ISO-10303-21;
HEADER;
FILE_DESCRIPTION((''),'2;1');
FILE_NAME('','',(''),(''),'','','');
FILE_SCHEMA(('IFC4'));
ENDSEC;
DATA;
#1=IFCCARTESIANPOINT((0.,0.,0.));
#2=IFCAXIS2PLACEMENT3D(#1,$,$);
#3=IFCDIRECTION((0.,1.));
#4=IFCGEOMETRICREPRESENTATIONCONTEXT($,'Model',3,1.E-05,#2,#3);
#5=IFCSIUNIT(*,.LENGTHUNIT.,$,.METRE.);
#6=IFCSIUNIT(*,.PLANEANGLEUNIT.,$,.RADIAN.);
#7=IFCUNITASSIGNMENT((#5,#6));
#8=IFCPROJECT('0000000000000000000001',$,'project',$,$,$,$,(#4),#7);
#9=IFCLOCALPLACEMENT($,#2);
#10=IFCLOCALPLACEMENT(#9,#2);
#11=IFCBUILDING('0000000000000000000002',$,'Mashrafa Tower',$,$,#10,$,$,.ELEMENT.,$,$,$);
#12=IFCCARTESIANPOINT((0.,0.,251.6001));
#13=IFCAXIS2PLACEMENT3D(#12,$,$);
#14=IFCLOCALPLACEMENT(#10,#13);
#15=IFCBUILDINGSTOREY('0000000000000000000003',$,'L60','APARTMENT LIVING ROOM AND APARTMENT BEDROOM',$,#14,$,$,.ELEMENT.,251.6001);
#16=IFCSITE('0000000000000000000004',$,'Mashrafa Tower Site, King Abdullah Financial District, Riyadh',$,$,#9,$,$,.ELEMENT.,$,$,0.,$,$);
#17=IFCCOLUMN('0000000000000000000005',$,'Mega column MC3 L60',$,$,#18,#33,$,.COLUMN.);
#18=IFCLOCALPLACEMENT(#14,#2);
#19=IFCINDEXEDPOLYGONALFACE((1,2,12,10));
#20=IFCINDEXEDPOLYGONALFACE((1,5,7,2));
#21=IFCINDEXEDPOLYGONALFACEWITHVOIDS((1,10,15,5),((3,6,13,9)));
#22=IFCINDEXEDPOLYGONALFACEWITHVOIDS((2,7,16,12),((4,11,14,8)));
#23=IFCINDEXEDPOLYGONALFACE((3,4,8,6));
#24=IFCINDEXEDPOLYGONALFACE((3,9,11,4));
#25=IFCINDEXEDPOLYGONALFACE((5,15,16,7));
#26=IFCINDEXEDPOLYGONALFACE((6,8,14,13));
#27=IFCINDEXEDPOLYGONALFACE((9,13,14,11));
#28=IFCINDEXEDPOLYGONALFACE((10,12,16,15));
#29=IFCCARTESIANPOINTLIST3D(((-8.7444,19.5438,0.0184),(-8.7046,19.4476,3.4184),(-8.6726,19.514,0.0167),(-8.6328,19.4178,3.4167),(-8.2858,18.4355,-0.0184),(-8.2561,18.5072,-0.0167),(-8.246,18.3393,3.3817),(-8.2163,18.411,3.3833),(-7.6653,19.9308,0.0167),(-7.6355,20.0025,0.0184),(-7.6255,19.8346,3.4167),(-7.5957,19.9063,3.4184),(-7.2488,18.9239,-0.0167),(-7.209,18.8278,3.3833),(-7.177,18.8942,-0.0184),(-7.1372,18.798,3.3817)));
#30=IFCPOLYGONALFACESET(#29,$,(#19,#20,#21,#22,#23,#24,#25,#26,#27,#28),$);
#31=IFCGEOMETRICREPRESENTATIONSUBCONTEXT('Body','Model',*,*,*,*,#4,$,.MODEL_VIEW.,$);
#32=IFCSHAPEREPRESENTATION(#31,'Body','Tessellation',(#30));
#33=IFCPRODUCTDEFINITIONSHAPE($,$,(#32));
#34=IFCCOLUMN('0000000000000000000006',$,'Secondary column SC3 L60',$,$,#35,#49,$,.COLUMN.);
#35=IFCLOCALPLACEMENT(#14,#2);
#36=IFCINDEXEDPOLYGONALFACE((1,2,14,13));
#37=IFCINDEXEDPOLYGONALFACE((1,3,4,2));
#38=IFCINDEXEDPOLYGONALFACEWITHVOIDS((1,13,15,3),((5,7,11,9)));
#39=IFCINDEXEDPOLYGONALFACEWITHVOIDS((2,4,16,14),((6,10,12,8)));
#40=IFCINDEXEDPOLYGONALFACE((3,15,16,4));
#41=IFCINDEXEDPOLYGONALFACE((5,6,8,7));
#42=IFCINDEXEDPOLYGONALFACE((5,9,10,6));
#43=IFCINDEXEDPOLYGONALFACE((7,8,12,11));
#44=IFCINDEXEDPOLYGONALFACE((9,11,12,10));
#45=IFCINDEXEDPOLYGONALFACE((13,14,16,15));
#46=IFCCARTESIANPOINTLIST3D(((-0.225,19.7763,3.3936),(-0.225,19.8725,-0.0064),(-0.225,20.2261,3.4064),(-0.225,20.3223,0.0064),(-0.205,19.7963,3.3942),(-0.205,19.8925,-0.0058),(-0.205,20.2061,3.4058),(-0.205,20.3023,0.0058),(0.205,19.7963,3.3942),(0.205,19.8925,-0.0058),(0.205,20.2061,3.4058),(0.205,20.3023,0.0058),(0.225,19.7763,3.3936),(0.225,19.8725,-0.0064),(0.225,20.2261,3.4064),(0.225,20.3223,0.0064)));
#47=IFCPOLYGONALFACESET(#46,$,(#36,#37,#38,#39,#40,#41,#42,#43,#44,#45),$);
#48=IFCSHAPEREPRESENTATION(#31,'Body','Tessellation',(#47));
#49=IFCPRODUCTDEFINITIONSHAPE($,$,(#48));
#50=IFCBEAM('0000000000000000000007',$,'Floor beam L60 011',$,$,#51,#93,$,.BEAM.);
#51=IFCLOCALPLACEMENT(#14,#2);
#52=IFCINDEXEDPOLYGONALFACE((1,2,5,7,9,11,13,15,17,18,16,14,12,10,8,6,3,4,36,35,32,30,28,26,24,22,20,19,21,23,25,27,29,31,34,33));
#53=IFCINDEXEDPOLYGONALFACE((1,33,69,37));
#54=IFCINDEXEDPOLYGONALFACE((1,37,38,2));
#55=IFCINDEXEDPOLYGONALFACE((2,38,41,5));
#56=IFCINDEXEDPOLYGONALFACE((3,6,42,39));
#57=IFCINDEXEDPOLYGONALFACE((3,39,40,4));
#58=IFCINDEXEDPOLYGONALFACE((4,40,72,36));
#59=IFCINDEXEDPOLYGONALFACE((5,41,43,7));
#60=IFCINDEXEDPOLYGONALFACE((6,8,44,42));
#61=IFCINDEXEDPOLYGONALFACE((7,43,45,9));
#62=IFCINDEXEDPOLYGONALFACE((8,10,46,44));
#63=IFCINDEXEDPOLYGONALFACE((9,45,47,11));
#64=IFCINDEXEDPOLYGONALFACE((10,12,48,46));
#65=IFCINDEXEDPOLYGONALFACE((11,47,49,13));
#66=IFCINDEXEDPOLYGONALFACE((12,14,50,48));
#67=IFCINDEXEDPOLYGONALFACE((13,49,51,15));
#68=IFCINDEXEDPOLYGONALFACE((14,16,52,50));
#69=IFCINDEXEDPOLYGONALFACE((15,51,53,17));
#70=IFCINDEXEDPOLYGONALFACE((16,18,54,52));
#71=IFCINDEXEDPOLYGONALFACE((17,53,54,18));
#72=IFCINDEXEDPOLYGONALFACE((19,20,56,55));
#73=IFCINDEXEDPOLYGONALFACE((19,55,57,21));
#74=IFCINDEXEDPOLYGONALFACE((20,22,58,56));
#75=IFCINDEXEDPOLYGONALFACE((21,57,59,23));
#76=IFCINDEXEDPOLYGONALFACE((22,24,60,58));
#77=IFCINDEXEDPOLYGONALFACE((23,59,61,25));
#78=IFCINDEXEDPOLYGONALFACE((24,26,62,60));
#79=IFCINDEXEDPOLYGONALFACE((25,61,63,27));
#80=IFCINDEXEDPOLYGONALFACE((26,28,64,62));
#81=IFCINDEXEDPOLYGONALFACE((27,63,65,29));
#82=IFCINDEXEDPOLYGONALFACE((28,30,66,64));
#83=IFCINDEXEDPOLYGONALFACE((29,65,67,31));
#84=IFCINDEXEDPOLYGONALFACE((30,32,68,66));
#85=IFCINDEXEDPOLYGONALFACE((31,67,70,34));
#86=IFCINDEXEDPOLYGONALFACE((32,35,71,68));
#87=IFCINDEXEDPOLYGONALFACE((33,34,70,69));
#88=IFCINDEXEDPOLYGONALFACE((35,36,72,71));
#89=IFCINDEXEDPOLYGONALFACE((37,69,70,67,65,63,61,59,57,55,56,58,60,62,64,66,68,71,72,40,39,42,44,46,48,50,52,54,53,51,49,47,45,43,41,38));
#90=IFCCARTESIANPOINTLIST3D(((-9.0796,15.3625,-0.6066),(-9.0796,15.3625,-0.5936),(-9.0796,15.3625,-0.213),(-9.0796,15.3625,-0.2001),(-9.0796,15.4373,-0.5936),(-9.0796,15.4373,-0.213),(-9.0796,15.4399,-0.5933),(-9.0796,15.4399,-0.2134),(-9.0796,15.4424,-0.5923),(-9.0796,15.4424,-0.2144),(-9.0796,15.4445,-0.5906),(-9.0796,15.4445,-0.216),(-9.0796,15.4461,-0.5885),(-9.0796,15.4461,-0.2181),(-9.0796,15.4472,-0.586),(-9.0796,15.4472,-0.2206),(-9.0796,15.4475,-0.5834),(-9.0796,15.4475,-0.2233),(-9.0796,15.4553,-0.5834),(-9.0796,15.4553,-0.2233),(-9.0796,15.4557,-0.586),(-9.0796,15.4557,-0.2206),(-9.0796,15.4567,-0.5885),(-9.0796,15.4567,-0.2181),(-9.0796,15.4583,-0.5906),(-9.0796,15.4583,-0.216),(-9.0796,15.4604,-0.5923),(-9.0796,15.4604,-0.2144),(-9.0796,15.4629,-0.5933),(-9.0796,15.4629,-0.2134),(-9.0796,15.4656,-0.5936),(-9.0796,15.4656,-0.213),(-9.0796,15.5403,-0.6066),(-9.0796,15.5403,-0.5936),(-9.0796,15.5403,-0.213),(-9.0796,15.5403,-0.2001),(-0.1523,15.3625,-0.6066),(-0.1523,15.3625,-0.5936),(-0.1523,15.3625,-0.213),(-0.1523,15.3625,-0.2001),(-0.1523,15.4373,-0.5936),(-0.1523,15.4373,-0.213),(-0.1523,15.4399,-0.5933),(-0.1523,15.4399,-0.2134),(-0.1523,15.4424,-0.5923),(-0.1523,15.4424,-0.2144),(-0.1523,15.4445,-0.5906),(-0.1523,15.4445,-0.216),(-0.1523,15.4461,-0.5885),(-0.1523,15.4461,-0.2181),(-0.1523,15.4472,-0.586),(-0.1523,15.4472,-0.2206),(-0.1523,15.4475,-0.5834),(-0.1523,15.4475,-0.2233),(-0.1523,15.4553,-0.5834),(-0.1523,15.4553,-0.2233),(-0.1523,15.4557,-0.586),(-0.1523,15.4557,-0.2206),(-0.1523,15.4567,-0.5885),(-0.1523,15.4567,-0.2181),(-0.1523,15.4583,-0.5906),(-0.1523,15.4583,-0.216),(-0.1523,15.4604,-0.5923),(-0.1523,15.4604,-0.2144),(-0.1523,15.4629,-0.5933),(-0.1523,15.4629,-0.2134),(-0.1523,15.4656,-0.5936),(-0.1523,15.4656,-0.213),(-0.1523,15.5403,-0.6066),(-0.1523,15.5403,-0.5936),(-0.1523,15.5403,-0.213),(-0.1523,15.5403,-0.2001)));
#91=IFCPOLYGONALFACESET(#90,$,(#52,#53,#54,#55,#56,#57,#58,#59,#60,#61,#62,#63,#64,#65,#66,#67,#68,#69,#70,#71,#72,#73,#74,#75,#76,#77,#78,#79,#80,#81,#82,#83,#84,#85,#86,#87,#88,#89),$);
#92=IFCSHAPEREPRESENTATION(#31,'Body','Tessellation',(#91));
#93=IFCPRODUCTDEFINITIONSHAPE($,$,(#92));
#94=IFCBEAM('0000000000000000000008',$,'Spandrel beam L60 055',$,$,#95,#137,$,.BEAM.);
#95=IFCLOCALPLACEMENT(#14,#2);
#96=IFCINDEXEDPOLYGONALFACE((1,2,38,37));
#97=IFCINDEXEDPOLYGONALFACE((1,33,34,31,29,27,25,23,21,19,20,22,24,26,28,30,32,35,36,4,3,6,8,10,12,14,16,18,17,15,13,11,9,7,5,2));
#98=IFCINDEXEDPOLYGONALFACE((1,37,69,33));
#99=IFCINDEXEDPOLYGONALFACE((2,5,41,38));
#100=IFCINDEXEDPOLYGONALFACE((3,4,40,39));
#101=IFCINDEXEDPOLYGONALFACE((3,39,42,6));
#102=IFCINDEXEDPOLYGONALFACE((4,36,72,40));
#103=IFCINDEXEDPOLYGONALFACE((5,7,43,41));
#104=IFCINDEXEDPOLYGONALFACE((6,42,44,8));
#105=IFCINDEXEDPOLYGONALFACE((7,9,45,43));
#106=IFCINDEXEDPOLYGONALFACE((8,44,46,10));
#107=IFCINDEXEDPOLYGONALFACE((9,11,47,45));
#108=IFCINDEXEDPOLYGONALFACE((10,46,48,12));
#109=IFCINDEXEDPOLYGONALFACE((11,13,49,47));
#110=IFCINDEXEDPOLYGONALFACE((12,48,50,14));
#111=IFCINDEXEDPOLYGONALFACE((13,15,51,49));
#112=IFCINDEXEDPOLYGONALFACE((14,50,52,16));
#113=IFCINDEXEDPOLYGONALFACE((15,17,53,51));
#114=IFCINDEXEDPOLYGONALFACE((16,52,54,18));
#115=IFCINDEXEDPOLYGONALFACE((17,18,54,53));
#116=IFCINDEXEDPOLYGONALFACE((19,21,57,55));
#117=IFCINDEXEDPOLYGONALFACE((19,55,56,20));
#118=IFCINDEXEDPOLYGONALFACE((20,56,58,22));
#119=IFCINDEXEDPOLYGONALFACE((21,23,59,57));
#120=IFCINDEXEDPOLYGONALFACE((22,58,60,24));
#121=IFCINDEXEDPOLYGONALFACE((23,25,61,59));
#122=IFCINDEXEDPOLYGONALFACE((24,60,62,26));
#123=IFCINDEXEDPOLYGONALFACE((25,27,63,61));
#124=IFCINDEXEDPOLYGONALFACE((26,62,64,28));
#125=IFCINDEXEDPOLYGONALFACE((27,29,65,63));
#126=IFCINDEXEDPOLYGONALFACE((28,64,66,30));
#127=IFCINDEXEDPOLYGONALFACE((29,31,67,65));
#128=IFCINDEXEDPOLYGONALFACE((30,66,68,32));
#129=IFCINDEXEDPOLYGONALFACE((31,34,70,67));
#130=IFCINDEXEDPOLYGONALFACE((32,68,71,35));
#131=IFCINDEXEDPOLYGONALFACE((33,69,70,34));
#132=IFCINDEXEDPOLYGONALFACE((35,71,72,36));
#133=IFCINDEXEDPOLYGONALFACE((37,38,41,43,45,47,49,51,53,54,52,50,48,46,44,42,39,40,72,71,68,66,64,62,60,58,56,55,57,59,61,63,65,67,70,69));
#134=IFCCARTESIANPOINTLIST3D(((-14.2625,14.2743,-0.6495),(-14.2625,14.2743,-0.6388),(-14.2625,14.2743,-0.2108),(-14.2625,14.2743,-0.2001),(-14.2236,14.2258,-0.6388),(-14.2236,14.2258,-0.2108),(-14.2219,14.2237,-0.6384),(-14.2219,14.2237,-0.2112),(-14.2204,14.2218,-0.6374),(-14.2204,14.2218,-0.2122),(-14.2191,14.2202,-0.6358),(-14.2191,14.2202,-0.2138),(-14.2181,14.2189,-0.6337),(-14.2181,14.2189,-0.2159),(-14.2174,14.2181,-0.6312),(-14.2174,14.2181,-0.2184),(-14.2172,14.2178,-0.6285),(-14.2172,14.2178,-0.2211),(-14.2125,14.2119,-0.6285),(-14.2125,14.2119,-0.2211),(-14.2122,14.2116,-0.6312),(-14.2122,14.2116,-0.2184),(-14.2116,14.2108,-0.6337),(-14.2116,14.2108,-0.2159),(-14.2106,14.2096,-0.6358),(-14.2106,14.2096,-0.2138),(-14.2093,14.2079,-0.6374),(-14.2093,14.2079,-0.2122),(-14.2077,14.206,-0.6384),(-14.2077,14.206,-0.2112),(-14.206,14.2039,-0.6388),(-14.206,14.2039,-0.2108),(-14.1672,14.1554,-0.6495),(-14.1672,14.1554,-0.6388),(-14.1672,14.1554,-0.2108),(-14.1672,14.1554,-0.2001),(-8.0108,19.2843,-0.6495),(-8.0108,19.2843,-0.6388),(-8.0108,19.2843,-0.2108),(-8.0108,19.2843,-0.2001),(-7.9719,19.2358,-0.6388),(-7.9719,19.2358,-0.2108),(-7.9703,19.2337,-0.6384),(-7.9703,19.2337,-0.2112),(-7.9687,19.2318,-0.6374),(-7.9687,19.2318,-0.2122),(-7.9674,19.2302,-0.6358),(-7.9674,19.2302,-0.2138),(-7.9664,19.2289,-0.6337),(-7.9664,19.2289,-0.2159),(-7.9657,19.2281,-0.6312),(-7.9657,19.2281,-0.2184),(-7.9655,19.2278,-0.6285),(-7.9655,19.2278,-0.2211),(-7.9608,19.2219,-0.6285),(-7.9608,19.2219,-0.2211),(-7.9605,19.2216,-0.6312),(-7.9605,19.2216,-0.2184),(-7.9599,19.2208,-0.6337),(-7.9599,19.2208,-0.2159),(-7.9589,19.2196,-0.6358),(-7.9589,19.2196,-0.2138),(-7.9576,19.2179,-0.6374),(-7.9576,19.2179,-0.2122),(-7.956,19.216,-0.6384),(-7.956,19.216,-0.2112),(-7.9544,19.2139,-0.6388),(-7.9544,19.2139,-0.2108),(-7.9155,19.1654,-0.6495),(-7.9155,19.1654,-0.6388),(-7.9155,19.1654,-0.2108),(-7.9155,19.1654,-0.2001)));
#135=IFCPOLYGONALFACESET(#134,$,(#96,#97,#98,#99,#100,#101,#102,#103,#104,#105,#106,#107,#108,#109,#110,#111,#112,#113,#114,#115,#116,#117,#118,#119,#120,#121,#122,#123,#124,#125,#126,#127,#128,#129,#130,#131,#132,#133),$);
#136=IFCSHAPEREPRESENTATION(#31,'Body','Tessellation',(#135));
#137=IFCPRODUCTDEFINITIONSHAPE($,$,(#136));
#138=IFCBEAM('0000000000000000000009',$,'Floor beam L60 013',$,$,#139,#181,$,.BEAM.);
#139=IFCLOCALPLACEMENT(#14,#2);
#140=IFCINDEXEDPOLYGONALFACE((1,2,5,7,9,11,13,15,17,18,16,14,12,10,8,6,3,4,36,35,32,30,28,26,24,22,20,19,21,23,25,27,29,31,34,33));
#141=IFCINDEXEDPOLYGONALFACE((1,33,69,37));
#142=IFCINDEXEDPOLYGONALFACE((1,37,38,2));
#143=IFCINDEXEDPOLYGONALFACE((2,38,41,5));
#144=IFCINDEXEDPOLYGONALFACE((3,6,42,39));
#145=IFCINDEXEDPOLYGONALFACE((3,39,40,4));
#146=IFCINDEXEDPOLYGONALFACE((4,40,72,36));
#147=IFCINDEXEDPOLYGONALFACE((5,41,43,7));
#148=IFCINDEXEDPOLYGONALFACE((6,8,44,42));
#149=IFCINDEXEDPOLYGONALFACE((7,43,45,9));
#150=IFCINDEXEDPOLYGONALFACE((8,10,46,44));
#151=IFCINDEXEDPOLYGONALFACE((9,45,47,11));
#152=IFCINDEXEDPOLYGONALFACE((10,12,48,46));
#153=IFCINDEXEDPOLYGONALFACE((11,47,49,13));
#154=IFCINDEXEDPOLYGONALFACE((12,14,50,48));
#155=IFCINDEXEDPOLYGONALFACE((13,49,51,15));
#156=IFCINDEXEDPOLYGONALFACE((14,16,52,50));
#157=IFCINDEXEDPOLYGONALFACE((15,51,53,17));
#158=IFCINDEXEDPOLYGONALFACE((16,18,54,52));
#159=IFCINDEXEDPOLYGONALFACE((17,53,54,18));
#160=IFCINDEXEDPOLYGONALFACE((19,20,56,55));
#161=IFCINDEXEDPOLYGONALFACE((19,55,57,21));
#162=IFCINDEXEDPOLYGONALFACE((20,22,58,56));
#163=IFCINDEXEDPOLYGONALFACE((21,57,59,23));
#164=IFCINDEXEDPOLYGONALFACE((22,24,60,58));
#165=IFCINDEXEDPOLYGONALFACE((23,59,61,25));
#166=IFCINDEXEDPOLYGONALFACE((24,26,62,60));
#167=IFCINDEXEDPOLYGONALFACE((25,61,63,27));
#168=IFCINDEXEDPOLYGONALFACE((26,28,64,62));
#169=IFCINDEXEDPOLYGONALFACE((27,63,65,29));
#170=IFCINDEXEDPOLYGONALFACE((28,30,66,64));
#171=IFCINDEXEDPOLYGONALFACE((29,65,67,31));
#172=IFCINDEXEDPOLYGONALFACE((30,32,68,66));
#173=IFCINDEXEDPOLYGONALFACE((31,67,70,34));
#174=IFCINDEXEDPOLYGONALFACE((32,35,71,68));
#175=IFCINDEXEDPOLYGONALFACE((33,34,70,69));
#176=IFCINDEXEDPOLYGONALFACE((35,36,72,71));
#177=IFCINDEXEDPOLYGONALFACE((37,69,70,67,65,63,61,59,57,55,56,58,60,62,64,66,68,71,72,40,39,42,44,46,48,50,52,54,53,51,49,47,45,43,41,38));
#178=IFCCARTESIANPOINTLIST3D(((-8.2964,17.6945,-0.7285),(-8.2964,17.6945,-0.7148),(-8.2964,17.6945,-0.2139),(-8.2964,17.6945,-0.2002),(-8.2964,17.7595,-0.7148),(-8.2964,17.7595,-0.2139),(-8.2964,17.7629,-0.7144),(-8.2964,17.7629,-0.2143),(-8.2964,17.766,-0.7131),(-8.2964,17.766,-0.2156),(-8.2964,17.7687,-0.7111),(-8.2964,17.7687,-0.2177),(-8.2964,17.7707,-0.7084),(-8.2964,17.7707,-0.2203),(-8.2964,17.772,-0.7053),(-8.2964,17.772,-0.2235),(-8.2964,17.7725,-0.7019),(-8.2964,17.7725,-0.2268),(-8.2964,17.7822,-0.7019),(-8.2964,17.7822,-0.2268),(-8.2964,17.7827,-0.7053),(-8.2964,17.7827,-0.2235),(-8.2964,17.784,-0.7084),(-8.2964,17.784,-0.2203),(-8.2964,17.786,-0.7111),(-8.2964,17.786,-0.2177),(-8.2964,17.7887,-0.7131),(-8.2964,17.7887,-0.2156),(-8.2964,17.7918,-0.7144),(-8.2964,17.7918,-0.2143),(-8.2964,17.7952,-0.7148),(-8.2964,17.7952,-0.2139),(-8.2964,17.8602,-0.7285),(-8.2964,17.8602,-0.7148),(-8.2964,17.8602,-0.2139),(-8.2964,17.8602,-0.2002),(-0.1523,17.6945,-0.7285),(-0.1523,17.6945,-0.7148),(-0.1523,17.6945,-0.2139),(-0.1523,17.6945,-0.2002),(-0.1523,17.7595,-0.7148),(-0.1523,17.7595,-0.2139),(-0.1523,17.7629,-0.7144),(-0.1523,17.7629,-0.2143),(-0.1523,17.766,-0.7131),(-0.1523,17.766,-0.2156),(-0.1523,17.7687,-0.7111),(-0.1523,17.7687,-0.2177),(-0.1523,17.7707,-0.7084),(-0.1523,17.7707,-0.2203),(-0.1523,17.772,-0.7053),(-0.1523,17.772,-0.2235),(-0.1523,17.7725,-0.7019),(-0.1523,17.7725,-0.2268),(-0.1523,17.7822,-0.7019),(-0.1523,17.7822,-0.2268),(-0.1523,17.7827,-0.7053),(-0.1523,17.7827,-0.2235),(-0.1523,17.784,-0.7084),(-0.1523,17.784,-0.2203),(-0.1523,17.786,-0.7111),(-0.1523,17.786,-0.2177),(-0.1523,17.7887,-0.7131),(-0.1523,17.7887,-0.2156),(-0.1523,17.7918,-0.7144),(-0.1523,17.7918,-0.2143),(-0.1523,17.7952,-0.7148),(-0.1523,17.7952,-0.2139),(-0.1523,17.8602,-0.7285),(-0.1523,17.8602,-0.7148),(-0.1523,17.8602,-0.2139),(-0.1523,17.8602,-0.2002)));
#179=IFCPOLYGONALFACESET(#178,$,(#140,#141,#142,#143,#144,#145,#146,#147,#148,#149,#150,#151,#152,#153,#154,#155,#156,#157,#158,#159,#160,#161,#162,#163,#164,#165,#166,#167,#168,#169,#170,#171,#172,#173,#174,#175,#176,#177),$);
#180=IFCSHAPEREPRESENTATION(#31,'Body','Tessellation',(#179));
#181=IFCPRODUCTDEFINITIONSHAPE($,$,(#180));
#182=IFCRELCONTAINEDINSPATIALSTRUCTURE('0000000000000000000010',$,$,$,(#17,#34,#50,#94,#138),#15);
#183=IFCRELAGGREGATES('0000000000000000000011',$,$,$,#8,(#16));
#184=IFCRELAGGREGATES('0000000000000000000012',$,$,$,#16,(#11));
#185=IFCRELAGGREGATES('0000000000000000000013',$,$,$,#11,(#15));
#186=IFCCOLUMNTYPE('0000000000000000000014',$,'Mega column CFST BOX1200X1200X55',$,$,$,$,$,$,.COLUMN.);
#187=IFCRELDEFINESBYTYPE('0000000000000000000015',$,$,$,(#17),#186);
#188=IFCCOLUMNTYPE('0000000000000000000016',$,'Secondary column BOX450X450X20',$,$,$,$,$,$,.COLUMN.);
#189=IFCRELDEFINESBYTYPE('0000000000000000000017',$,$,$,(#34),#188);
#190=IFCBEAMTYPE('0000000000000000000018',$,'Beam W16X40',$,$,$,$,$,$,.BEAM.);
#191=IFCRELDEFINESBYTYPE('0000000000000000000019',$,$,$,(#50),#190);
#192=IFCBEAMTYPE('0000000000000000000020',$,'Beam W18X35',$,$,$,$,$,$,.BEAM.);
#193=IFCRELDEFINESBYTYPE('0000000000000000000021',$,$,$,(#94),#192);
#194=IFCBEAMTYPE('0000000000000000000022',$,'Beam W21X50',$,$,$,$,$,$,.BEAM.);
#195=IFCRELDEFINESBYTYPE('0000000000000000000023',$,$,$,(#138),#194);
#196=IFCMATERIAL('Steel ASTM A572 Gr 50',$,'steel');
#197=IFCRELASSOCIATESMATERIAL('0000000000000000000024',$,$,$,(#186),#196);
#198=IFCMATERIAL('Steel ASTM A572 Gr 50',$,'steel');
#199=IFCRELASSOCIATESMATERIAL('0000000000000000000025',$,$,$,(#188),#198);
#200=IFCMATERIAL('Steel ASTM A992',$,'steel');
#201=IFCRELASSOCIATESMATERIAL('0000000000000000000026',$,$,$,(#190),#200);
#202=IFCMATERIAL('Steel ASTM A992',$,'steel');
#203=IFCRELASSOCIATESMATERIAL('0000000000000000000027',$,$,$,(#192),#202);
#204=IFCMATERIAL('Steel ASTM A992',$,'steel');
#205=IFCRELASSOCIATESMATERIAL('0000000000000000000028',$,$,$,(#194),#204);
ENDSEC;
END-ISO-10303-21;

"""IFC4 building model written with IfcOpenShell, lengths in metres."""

from ifc_helpers import new_model, si_unit, direction, frame, origin, origin_2d, place, context, subcontext, project, spatial, hollow_rectangle, i_section, extrude, material, material_profile, profile_set, type_object, element, save


model = new_model("IFC4")

# Units and contexts
model_context = context("Model", 3, precision=1e-05, world=origin(), true_north=direction((0.0, 1.0)))
body_context = subcontext(model_context, "Body", "Model", "MODEL_VIEW")
ifc_project = project(units=[si_unit("LENGTHUNIT", "METRE"), si_unit("PLANEANGLEUNIT", "RADIAN")], contexts=[model_context])

# Site, building, storey
site_placement = place(None, origin())
site = spatial("IfcSite", under=ifc_project, at=site_placement, Name="Mashrafa Tower Site, King Abdullah Financial District, Riyadh", CompositionType="ELEMENT", RefElevation=0.0)
building_placement = place(site_placement, origin())
building = spatial("IfcBuilding", under=site, at=building_placement, Name="Mashrafa Tower", CompositionType="ELEMENT")
storey_placement = place(building_placement, frame((0.0, 0.0, 251.6001)))
storey = spatial("IfcBuildingStorey", under=building, at=storey_placement, Name="L60", Description="APARTMENT LIVING ROOM AND APARTMENT BEDROOM", CompositionType="ELEMENT", Elevation=251.6001)

# Columns
ifc_material_1 = material(Name="Steel ASTM A572 Gr 50", Category="steel")
ifc_material_profile_1 = material_profile(ifc_material_1, hollow_rectangle(XDim=1.2, YDim=1.2, WallThickness=0.0549, at=origin_2d()), Name="BOX1200X1200X55")
ifc_profile_set_1 = profile_set([ifc_material_profile_1], Name="Steel ASTM A572 Gr 50")
column_type_1 = type_object("IfcColumnType", Name="Mega column CFST BOX1200X1200X55", PredefinedType="COLUMN", material=ifc_profile_set_1)
column_1_placement = place(storey_placement, frame((-7.9607, 19.219, 0.0), z_axis=(0.011699, -0.028279, 0.999532), x_axis=(0.924045, 0.382283, 0.0)))
element("IfcColumn", 1, at=column_1_placement, inside=storey, type_object=column_type_1, Name="Mega column MC3 L60", PredefinedType="COLUMN", context=body_context, shape_type="SweptSolid", body=[
    extrude(hollow_rectangle(XDim=1.2, YDim=1.2, WallThickness=0.0549, at=origin_2d()), origin(), (0.0, 0.0, 1.0), 3.4016),
])
ifc_material_2 = material(Name="Steel ASTM A572 Gr 50", Category="steel")
ifc_material_profile_2 = material_profile(ifc_material_2, hollow_rectangle(XDim=0.45, YDim=0.45, WallThickness=0.02, at=origin_2d()), Name="BOX450X450X20")
ifc_profile_set_2 = profile_set([ifc_material_profile_2], Name="Steel ASTM A572 Gr 50")
column_type_2 = type_object("IfcColumnType", Name="Secondary column BOX450X450X20", PredefinedType="COLUMN", material=ifc_profile_set_2)
column_2_placement = place(storey_placement, frame((0.0, 20.0974, 0.0), z_axis=(0.0, -0.028281, 0.9996), x_axis=(1.0, 0.0, 0.0)))
element("IfcColumn", 2, at=column_2_placement, inside=storey, type_object=column_type_2, Name="Secondary column SC3 L60", PredefinedType="COLUMN", context=body_context, shape_type="SweptSolid", body=[
    extrude(hollow_rectangle(XDim=0.45, YDim=0.45, WallThickness=0.02, at=origin_2d()), origin(), (0.0, 0.0, 1.0), 3.4014),
])

# Beams
ifc_material_3 = material(Name="Steel ASTM A992", Category="steel")
ifc_material_profile_3 = material_profile(ifc_material_3, i_section(OverallWidth=0.1777, OverallDepth=0.4065, WebThickness=0.0078, FlangeThickness=0.0129, FilletRadius=0.0103, at=origin_2d()), Name="W16X40")
ifc_profile_set_3 = profile_set([ifc_material_profile_3], Name="Steel ASTM A992")
beam_type_1 = type_object("IfcBeamType", Name="Beam W16X40", PredefinedType="BEAM", material=ifc_profile_set_3)
beam_1_placement = place(storey_placement, frame((-9.0796, 15.4514, -0.4033), z_axis=(1.0, 0.0, 0.0), x_axis=(0.0, 1.0, 0.0)))
element("IfcBeam", 3, at=beam_1_placement, inside=storey, type_object=beam_type_1, Name="Floor beam L60 011", PredefinedType="BEAM", context=body_context, shape_type="SweptSolid", body=[
    extrude(i_section(OverallWidth=0.1777, OverallDepth=0.4065, WebThickness=0.0078, FlangeThickness=0.0129, FilletRadius=0.0103, at=origin_2d()), origin(), (0.0, 0.0, 1.0), 8.9272),
])
ifc_material_4 = material(Name="Steel ASTM A992", Category="steel")
ifc_material_profile_4 = material_profile(ifc_material_4, i_section(OverallWidth=0.1523, OverallDepth=0.4495, WebThickness=0.0076, FlangeThickness=0.0107, FilletRadius=0.0103, at=origin_2d()), Name="W18X35")
ifc_profile_set_4 = profile_set([ifc_material_profile_4], Name="Steel ASTM A992")
beam_type_2 = type_object("IfcBeamType", Name="Beam W18X35", PredefinedType="BEAM", material=ifc_profile_set_4)
beam_2_placement = place(storey_placement, frame((-7.9631, 19.2249, -0.4248), z_axis=(-0.780342, -0.625353, 0.0), x_axis=(0.625353, -0.780342, 0.0)))
element("IfcBeam", 4, at=beam_2_placement, inside=storey, type_object=beam_type_2, Name="Spandrel beam L60 055", PredefinedType="BEAM", context=body_context, shape_type="SweptSolid", body=[
    extrude(i_section(OverallWidth=0.1523, OverallDepth=0.4495, WebThickness=0.0076, FlangeThickness=0.0107, FilletRadius=0.0103, at=origin_2d()), origin(), (0.0, 0.0, 1.0), 8.0115),
])
ifc_material_5 = material(Name="Steel ASTM A992", Category="steel")
ifc_material_profile_5 = material_profile(ifc_material_5, i_section(OverallWidth=0.1658, OverallDepth=0.5283, WebThickness=0.0098, FlangeThickness=0.0137, FilletRadius=0.0129, at=origin_2d()), Name="W21X50")
ifc_profile_set_5 = profile_set([ifc_material_profile_5], Name="Steel ASTM A992")
beam_type_3 = type_object("IfcBeamType", Name="Beam W21X50", PredefinedType="BEAM", material=ifc_profile_set_5)
beam_3_placement = place(storey_placement, frame((-8.2964, 17.7773, -0.4644), z_axis=(1.0, 0.0, 0.0), x_axis=(0.0, 1.0, 0.0)))
element("IfcBeam", 5, at=beam_3_placement, inside=storey, type_object=beam_type_3, Name="Floor beam L60 013", PredefinedType="BEAM", context=body_context, shape_type="SweptSolid", body=[
    extrude(i_section(OverallWidth=0.1658, OverallDepth=0.5283, WebThickness=0.0098, FlangeThickness=0.0137, FilletRadius=0.0129, at=origin_2d()), origin(), (0.0, 0.0, 1.0), 8.144),
])

save(model, "model.ifc")
